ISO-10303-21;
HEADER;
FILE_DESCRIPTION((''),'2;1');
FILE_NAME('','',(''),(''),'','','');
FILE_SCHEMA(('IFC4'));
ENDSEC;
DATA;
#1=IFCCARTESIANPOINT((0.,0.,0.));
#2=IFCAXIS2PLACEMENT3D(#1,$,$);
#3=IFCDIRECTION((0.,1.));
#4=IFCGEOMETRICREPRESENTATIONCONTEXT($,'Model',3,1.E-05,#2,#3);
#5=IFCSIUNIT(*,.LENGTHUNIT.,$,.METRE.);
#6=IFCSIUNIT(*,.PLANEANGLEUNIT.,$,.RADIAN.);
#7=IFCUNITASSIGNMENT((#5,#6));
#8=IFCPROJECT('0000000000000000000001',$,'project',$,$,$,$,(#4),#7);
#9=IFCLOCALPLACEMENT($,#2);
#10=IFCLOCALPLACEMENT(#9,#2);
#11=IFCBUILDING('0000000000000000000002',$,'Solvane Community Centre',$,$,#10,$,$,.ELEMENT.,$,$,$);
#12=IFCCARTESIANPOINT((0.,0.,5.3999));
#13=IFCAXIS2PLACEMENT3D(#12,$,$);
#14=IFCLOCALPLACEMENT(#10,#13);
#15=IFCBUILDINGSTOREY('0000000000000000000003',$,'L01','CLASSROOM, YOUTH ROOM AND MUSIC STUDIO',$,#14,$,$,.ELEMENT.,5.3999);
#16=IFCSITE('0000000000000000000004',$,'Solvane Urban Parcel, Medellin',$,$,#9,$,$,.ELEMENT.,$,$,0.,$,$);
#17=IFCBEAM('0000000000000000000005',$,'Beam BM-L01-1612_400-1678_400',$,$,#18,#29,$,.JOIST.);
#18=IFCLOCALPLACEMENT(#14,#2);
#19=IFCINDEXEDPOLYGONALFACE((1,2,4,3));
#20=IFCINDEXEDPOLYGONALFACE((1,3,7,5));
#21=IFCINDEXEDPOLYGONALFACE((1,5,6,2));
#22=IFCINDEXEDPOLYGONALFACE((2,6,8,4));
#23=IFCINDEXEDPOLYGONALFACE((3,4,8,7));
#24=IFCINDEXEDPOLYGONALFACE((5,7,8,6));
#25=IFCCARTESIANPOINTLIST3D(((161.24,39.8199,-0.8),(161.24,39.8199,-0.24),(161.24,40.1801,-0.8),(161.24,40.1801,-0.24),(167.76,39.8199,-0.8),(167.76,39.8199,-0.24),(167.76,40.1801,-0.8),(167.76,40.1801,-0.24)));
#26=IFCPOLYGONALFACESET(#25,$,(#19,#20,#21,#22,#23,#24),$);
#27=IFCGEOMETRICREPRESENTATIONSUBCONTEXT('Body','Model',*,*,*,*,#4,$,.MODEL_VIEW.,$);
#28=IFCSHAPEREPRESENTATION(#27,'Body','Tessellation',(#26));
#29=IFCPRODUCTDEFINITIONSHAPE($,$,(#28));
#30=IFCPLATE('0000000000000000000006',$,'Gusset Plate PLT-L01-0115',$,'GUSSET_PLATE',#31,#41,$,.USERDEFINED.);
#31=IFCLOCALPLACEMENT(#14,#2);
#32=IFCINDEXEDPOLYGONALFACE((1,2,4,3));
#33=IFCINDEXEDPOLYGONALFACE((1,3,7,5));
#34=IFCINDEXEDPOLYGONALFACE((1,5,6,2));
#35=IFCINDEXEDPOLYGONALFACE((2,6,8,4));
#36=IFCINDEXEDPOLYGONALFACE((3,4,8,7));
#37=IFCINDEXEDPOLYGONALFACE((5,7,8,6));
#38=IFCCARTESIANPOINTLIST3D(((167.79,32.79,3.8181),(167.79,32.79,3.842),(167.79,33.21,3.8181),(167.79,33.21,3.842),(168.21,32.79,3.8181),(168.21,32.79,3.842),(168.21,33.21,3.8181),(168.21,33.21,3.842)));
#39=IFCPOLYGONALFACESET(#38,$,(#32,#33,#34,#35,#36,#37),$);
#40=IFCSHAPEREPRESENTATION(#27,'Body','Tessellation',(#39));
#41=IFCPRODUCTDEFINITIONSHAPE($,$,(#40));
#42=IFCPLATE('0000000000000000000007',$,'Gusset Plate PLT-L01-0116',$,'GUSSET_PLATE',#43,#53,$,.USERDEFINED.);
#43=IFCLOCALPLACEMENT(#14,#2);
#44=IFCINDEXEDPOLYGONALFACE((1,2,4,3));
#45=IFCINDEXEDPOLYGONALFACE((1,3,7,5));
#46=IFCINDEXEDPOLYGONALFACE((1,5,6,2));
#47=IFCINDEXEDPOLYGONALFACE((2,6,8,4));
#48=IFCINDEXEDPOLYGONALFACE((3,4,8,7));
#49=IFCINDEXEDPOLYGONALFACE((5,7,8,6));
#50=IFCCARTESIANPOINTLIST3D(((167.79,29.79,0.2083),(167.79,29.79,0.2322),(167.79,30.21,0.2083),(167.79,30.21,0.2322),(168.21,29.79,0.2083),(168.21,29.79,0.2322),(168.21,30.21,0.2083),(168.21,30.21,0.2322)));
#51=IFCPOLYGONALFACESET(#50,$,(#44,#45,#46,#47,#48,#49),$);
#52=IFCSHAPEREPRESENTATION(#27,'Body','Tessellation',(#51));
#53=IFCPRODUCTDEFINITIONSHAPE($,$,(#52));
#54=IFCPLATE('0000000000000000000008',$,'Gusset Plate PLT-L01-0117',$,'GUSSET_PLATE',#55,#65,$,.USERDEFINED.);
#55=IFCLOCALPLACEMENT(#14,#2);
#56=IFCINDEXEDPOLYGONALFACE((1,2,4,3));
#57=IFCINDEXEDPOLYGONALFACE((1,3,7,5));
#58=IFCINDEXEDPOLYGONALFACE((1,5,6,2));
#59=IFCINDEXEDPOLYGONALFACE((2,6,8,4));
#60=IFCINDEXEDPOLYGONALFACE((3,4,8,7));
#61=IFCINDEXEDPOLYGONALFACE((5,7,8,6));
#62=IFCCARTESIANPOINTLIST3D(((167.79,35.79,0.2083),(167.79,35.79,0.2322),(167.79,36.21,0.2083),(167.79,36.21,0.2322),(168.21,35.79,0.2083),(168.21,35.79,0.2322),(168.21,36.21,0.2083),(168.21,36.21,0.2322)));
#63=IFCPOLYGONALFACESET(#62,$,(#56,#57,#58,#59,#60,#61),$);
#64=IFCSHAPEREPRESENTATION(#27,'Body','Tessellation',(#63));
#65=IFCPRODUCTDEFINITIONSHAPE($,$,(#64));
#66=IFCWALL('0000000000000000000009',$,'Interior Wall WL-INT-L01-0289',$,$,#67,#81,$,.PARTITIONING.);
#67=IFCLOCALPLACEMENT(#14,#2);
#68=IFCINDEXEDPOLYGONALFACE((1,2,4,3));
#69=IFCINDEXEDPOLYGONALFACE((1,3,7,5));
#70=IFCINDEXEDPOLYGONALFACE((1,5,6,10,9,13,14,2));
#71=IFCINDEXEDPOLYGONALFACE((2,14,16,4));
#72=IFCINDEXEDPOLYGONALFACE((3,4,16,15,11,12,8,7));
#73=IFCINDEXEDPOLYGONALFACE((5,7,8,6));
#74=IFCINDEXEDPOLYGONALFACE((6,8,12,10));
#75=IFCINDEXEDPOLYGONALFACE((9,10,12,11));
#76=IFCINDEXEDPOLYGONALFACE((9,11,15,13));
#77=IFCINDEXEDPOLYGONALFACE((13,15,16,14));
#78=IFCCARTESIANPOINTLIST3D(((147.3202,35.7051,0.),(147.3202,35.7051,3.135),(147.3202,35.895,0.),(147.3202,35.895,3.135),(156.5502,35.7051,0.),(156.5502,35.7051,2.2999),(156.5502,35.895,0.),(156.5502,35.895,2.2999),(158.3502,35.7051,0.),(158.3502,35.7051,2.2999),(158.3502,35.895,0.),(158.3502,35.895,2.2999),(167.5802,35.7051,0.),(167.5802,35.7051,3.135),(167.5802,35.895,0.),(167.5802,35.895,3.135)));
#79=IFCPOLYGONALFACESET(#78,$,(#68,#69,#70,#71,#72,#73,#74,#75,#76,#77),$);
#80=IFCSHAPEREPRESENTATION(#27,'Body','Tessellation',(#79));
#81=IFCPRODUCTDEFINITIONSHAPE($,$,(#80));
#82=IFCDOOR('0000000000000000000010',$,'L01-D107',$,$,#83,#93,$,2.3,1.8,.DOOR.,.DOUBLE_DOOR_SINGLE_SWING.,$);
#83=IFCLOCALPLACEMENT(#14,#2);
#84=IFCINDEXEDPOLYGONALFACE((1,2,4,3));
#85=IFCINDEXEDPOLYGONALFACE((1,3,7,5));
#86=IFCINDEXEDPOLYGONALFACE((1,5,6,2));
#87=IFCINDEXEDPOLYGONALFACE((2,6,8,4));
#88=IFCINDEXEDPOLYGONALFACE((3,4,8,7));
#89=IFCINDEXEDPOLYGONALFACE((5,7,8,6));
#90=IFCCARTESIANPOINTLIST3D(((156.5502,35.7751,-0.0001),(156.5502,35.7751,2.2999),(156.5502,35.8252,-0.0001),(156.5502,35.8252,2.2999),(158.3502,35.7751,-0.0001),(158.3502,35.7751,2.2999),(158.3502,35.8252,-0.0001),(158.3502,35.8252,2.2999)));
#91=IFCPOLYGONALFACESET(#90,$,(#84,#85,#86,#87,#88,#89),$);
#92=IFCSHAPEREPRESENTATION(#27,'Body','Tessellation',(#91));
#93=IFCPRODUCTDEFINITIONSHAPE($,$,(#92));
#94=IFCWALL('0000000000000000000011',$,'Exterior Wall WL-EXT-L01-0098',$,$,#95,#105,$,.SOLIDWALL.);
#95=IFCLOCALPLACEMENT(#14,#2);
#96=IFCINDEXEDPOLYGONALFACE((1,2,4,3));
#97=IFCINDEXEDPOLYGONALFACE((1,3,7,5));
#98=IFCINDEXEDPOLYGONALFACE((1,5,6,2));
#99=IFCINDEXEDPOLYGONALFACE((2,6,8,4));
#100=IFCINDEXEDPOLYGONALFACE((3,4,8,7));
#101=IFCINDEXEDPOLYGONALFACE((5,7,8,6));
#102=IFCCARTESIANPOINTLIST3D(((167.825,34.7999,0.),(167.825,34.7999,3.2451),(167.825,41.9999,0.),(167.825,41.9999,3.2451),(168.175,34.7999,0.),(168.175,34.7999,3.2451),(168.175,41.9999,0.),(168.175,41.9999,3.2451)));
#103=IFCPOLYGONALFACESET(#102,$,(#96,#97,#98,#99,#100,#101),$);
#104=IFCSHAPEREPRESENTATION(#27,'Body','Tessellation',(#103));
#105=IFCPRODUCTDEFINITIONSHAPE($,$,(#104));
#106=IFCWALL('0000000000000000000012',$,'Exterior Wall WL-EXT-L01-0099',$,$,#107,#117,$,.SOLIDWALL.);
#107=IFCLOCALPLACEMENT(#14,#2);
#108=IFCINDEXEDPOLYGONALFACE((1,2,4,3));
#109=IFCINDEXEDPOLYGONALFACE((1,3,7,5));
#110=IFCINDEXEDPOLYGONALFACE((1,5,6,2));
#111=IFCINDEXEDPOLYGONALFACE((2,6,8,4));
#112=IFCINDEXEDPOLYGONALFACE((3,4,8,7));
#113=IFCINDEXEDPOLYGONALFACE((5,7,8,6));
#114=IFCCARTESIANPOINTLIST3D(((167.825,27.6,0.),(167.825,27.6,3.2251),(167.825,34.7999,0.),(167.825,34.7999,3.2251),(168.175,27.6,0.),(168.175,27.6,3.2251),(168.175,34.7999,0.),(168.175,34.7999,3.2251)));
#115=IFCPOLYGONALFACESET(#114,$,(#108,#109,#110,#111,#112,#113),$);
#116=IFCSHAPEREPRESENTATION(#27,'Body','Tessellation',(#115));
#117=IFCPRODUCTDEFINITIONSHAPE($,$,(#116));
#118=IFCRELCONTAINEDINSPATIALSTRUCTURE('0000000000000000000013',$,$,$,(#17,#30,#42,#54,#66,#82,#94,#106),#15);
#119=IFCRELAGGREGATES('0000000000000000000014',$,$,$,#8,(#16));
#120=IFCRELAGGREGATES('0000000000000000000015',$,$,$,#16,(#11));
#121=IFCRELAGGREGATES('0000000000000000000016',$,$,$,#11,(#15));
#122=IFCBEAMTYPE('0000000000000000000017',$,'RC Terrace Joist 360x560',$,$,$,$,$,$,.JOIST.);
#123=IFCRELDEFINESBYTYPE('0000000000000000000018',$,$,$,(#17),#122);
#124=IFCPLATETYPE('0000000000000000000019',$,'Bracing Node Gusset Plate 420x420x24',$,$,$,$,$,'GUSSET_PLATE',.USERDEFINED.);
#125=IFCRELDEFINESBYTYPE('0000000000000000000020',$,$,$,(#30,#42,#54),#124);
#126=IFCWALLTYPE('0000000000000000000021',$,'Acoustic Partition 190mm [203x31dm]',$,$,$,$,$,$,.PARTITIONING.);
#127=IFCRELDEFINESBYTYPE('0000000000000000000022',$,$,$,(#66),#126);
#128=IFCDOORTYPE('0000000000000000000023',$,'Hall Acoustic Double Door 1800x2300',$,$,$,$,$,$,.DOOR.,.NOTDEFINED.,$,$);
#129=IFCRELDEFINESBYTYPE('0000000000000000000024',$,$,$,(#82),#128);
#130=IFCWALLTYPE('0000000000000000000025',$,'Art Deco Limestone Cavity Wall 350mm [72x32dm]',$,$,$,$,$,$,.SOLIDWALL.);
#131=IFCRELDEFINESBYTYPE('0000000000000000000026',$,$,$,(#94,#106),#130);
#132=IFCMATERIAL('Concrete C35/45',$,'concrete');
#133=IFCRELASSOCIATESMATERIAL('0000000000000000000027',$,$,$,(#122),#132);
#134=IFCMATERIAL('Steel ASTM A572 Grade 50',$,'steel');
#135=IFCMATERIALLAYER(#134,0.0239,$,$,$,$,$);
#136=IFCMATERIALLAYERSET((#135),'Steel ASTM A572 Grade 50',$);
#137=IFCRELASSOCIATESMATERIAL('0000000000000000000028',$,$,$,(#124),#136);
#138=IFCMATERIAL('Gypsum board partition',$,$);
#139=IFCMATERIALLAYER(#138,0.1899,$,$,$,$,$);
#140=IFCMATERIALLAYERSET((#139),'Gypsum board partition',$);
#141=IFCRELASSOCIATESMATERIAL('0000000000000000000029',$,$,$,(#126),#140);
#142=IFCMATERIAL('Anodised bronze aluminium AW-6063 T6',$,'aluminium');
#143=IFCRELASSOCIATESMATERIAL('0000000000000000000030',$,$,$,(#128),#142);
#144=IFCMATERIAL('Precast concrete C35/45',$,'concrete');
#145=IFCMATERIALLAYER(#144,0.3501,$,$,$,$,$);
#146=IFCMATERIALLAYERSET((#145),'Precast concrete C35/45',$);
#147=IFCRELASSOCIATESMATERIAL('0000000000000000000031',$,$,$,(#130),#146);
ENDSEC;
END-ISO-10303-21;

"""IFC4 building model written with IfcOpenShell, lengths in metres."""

from ifc_helpers import new_model, si_unit, direction, frame, frame_2d, origin, origin_2d, place, context, subcontext, project, spatial, rectangle, extrude, material, layer, layer_set, material_profile, profile_set, type_object, element, fill, save


model = new_model("IFC4")

# Units and contexts
model_context = context("Model", 3, precision=1e-05, world=origin(), true_north=direction((0.0, 1.0)))
body_context = subcontext(model_context, "Body", "Model", "MODEL_VIEW")
ifc_project = project(units=[si_unit("LENGTHUNIT", "METRE"), si_unit("PLANEANGLEUNIT", "RADIAN")], contexts=[model_context])

# Site, building, storey
site_placement = place(None, origin())
site = spatial("IfcSite", under=ifc_project, at=site_placement, Name="Solvane Urban Parcel, Medellin", CompositionType="ELEMENT", RefElevation=0.0)
building_placement = place(site_placement, origin())
building = spatial("IfcBuilding", under=site, at=building_placement, Name="Solvane Community Centre", CompositionType="ELEMENT")
storey_placement = place(building_placement, frame((0.0, 0.0, 5.3999)))
storey = spatial("IfcBuildingStorey", under=building, at=storey_placement, Name="L01", Description="CLASSROOM, YOUTH ROOM AND MUSIC STUDIO", CompositionType="ELEMENT", Elevation=5.3999)

# Shared definitions
ifc_material_1 = material(Name="Precast concrete C35/45", Category="concrete")
ifc_material_2 = material(Name="Concrete C35/45", Category="concrete")

# Shared definitions
ifc_material_3 = material(Name="Steel ASTM A572 Grade 50", Category="steel")

# Beam
ifc_material_profile_1 = material_profile(ifc_material_2, rectangle(XDim=0.3601, YDim=0.5601, at=origin_2d()), Name="RC 360x560")
ifc_profile_set_1 = profile_set([ifc_material_profile_1], Name="Concrete C35/45")
beam_type_1 = type_object("IfcBeamType", Name="RC Terrace Joist 360x560", PredefinedType="JOIST", material=ifc_profile_set_1)
for number, where, z_axis, x_axis, name in (
    (1, (161.24, 40.0, -0.52), (1.0, 0.0, 0.0), (0.0, 1.0, 0.0), "Beam BM-L01-1612_400-1678_400"),
):
    element("IfcBeam", number, at=place(storey_placement, frame(where, z_axis=z_axis, x_axis=x_axis)), inside=storey, type_object=beam_type_1, Name=name, PredefinedType="JOIST", context=body_context, shape_type="SweptSolid", body=[
        extrude(rectangle(XDim=0.3601, YDim=0.5601, at=origin_2d()), origin(), (0.0, 0.0, 1.0), 6.52),
    ])

# Plates
ifc_layer_1 = layer(ifc_material_3, 0.0239)
ifc_layer_set_1 = layer_set([ifc_layer_1], Name="Steel ASTM A572 Grade 50")
plate_type = type_object("IfcPlateType", Name="Bracing Node Gusset Plate 420x420x24", ElementType="GUSSET_PLATE", PredefinedType="USERDEFINED", material=ifc_layer_set_1)
for number, where, z_axis, x_axis, name in (
    (2, (168.0, 33.0, 3.8181), (0.0, 0.0, 1.0), (1.0, 0.0, 0.0), "Gusset Plate PLT-L01-0115"),
    (3, (168.0, 30.0, 0.2083), (0.0, 0.0, 1.0), (1.0, 0.0, 0.0), "Gusset Plate PLT-L01-0116"),
    (4, (168.0, 36.0, 0.2083), (0.0, 0.0, 1.0), (1.0, 0.0, 0.0), "Gusset Plate PLT-L01-0117"),
):
    element("IfcPlate", number, at=place(storey_placement, frame(where, z_axis=z_axis, x_axis=x_axis)), inside=storey, type_object=plate_type, Name=name, ObjectType="GUSSET_PLATE", PredefinedType="USERDEFINED", context=body_context, shape_type="SweptSolid", body=[
        extrude(rectangle(XDim=0.4199, YDim=0.4199, at=origin_2d()), origin(), (0.0, 0.0, 1.0), 0.0239),
    ])

# Wall, opening, door
ifc_material_4 = material(Name="Gypsum board partition")
ifc_layer_2 = layer(ifc_material_4, 0.1899)
ifc_layer_set_2 = layer_set([ifc_layer_2], Name="Gypsum board partition")
wall_type_1 = type_object("IfcWallType", Name="Acoustic Partition 190mm [203x31dm]", PredefinedType="PARTITIONING", material=ifc_layer_set_2)
wall_1_placement = place(storey_placement, frame((167.5801, 35.8, 0.0), z_axis=(0.0, 0.0, 1.0), x_axis=(-1.0, 0.0, 0.0)))
wall_1 = element("IfcWall", 5, at=wall_1_placement, inside=storey, type_object=wall_type_1, Name="Interior Wall WL-INT-L01-0289", PredefinedType="PARTITIONING", context=body_context, shape_type="SweptSolid", body=[
    extrude(rectangle(XDim=20.26, YDim=0.1899, at=frame_2d((10.1299, 0.0))), origin(), (0.0, 0.0, 1.0), 3.135),
])
opening_placement = place(wall_1_placement, frame((9.23, 0.0, 0.0)))
opening = element("IfcOpeningElement", 6, at=opening_placement, cuts=wall_1, PredefinedType="OPENING", context=body_context, shape_type="SweptSolid", body=[
    extrude(rectangle(XDim=1.8, YDim=2.3, at=frame_2d((0.8999, 1.1499))), frame((0.0, 0.105, 0.0), z_axis=(0.0, -1.0, 0.0), x_axis=(1.0, 0.0, 0.0)), (0.0, 0.0, 1.0), 0.21),
])
ifc_material_5 = material(Name="Anodised bronze aluminium AW-6063 T6", Category="aluminium")
door_type = type_object("IfcDoorType", Name="Hall Acoustic Double Door 1800x2300", OperationType="NOTDEFINED", PredefinedType="DOOR", material=ifc_material_5)
door_placement = place(opening_placement, origin())
door = element("IfcDoor", 7, at=door_placement, inside=storey, type_object=door_type, Name="L01-D107", OperationType="DOUBLE_DOOR_SINGLE_SWING", OverallHeight=2.3, OverallWidth=1.8, PredefinedType="DOOR", context=body_context, shape_type="SweptSolid", body=[
    extrude(rectangle(XDim=1.8, YDim=2.3, at=frame_2d((0.8999, 1.1499))), frame((0.0, 0.0249, 0.0), z_axis=(0.0, -1.0, 0.0), x_axis=(1.0, 0.0, 0.0)), (0.0, 0.0, 1.0), 0.05),
])
fill(opening, door)

# Walls
ifc_layer_3 = layer(ifc_material_1, 0.3501)
ifc_layer_set_3 = layer_set([ifc_layer_3], Name="Precast concrete C35/45")
wall_type_2 = type_object("IfcWallType", Name="Art Deco Limestone Cavity Wall 350mm [72x32dm]", PredefinedType="SOLIDWALL", material=ifc_layer_set_3)
wall_2_placement = place(storey_placement, frame((168.0, 42.0, 0.0), z_axis=(0.0, 0.0, 1.0), x_axis=(0.0, -1.0, 0.0)))
element("IfcWall", 8, at=wall_2_placement, inside=storey, type_object=wall_type_2, Name="Exterior Wall WL-EXT-L01-0098", PredefinedType="SOLIDWALL", context=body_context, shape_type="SweptSolid", body=[
    extrude(rectangle(XDim=7.2, YDim=0.3501, at=frame_2d((3.6001, 0.0))), origin(), (0.0, 0.0, 1.0), 3.2451),
])
wall_3_placement = place(storey_placement, frame((168.0, 34.8, 0.0), z_axis=(0.0, 0.0, 1.0), x_axis=(0.0, -1.0, 0.0)))
element("IfcWall", 9, at=wall_3_placement, inside=storey, type_object=wall_type_2, Name="Exterior Wall WL-EXT-L01-0099", PredefinedType="SOLIDWALL", context=body_context, shape_type="SweptSolid", body=[
    extrude(rectangle(XDim=7.2, YDim=0.3501, at=frame_2d((3.6001, 0.0))), origin(), (0.0, 0.0, 1.0), 3.2251),
])

save(model, "model.ifc")
